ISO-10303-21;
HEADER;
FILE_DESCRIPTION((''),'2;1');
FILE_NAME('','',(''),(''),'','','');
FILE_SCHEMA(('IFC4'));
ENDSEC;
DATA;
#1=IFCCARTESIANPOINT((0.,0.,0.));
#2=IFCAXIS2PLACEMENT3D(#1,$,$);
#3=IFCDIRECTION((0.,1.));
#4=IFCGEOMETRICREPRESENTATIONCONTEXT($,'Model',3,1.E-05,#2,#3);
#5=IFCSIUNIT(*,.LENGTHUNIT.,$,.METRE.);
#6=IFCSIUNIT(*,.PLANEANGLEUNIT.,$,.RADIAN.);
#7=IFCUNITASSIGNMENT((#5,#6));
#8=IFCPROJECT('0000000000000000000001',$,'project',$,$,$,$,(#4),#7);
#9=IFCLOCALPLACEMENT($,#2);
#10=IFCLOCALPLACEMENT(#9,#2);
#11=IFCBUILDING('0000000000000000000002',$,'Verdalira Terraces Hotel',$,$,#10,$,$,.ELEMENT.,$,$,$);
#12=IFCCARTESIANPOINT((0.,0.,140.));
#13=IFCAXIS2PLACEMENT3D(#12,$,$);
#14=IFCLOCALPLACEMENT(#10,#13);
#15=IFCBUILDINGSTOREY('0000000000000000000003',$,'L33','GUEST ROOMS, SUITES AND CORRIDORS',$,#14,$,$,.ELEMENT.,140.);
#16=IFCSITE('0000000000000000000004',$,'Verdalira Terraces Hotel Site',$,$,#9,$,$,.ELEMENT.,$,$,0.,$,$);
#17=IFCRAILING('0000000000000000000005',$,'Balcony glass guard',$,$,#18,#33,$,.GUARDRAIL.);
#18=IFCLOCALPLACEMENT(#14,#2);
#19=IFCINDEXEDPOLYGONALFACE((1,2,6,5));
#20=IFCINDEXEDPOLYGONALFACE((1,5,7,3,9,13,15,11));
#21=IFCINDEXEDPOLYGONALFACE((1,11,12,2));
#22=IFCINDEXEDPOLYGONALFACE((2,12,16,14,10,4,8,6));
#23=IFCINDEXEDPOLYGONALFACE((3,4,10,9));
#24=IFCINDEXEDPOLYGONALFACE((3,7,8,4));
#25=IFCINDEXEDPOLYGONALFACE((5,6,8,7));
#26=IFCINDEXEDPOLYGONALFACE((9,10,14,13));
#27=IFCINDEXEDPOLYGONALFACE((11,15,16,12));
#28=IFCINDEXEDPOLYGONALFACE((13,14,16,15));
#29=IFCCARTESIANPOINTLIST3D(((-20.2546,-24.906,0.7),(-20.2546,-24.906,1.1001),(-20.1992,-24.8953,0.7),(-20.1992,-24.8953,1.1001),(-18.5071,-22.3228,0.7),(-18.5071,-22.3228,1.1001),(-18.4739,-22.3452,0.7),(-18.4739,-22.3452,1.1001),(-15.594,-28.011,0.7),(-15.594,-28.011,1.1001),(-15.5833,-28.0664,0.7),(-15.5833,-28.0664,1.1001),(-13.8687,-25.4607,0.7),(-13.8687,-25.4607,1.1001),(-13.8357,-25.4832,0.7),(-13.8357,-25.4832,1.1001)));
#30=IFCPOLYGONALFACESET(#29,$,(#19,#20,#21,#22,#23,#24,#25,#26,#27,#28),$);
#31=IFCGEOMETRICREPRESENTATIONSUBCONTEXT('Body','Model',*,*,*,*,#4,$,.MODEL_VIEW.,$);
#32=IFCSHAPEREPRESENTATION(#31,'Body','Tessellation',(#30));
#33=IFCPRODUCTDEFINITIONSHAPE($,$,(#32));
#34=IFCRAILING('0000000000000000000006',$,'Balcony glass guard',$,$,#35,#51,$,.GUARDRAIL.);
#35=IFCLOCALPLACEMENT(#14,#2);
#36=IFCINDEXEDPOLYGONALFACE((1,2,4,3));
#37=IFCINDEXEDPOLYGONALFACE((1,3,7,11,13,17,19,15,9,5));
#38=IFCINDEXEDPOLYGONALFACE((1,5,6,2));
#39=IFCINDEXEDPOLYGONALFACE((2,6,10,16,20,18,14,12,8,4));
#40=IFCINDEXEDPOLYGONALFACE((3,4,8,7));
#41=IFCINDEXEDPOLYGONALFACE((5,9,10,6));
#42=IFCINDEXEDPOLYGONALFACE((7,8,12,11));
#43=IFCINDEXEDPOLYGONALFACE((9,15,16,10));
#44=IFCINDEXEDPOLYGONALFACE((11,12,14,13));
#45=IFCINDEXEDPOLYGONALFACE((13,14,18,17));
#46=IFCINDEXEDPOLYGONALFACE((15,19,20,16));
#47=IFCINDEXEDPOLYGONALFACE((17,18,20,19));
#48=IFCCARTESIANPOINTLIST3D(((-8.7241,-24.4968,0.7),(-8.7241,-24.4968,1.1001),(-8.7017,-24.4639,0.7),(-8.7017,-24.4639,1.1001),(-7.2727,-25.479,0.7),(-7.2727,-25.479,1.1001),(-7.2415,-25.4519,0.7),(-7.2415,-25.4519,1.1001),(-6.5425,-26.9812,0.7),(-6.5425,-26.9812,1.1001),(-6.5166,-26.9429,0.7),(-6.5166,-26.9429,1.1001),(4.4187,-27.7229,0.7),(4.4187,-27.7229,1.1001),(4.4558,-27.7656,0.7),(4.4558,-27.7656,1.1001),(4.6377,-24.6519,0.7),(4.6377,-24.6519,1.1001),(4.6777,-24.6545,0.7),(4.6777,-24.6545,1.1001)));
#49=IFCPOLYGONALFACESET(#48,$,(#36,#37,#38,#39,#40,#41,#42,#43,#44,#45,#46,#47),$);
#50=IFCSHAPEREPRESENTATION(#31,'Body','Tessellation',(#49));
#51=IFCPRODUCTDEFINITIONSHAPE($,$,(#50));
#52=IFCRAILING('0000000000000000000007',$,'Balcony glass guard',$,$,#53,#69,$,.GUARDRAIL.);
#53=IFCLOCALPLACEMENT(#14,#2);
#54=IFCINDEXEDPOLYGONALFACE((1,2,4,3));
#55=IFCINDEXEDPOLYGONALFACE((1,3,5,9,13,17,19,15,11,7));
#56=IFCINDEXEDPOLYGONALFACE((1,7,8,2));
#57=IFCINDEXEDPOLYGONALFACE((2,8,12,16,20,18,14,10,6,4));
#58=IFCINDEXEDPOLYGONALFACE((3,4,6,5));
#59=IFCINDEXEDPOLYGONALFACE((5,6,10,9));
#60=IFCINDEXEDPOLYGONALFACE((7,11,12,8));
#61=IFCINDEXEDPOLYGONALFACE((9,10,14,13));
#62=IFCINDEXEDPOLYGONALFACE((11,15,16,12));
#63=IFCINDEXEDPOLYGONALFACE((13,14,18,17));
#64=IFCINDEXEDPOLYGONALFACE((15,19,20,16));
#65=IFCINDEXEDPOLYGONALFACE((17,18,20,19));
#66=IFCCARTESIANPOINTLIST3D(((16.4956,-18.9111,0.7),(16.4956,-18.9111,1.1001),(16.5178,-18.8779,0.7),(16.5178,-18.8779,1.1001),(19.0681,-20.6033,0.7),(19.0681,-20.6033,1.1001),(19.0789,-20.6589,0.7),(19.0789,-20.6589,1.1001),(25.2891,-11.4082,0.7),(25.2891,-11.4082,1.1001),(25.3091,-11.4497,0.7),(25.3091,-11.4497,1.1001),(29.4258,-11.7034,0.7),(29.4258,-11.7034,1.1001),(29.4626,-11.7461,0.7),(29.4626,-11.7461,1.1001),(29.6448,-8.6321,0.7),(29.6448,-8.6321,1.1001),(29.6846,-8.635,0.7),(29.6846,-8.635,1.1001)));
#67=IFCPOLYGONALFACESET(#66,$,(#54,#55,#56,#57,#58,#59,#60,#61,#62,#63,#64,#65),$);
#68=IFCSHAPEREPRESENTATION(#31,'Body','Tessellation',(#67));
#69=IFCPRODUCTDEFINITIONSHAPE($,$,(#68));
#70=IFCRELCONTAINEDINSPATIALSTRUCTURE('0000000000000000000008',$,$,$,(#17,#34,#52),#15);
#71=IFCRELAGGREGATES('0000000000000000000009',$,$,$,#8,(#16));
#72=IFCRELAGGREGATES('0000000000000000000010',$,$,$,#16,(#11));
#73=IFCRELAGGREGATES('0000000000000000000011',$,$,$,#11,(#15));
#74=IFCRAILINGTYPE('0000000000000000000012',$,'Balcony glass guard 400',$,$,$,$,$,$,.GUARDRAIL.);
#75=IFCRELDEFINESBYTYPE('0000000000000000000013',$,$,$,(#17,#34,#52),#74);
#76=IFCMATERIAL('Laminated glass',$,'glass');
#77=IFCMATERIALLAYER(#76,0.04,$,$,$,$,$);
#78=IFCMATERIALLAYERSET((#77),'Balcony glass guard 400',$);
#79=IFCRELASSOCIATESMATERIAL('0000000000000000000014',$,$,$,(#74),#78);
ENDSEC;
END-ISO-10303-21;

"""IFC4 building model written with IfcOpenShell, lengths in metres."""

from ifc_helpers import new_model, si_unit, direction, frame, origin, place, context, subcontext, project, spatial, polyline, outline, extrude, material, layer, layer_set, type_object, element, save


model = new_model("IFC4")

# Units and contexts
model_context = context("Model", 3, precision=1e-05, world=origin(), true_north=direction((0.0, 1.0)))
body_context = subcontext(model_context, "Body", "Model", "MODEL_VIEW")
ifc_project = project(units=[si_unit("LENGTHUNIT", "METRE"), si_unit("PLANEANGLEUNIT", "RADIAN")], contexts=[model_context])

# Site, building, storey
site_placement = place(None, origin())
site = spatial("IfcSite", under=ifc_project, at=site_placement, Name="Verdalira Terraces Hotel Site", CompositionType="ELEMENT", RefElevation=0.0)
building_placement = place(site_placement, origin())
building = spatial("IfcBuilding", under=site, at=building_placement, Name="Verdalira Terraces Hotel", CompositionType="ELEMENT")
storey_placement = place(building_placement, frame((0.0, 0.0, 140.0)))
storey = spatial("IfcBuildingStorey", under=building, at=storey_placement, Name="L33", Description="GUEST ROOMS, SUITES AND CORRIDORS", CompositionType="ELEMENT", Elevation=140.0)

# Railings
ifc_material_1 = material(Name="Laminated glass", Category="glass")
ifc_layer_1 = layer(ifc_material_1, 0.04)
ifc_layer_set_1 = layer_set([ifc_layer_1], Name="Balcony glass guard 400")
railing_type = type_object("IfcRailingType", Name="Balcony glass guard 400", PredefinedType="GUARDRAIL", material=ifc_layer_set_1)
railing_1_placement = place(storey_placement, frame((0.0, 0.0, 0.7)))
element("IfcRailing", 1, at=railing_1_placement, inside=storey, type_object=railing_type, Name="Balcony glass guard", PredefinedType="GUARDRAIL", context=body_context, shape_type="SweptSolid", body=[
    extrude(outline(polyline([(-20.1992, -24.8953), (-15.594, -28.011), (-13.8687, -25.4607), (-13.8357, -25.4832), (-15.5833, -28.0664), (-20.2546, -24.906), (-18.5071, -22.3228), (-18.4739, -22.3452), (-20.1992, -24.8953)])), origin(), (0.0, 0.0, 1.0), 0.4001),
])
railing_2_placement = place(storey_placement, frame((0.0, 0.0, 0.7)))
element("IfcRailing", 2, at=railing_2_placement, inside=storey, type_object=railing_type, Name="Balcony glass guard", PredefinedType="GUARDRAIL", context=body_context, shape_type="SweptSolid", body=[
    extrude(outline(polyline([(-7.2415, -25.4519), (-6.5166, -26.9429), (4.4187, -27.7229), (4.6377, -24.6519), (4.6777, -24.6545), (4.4558, -27.7656), (-6.5425, -26.9812), (-7.2727, -25.479), (-8.7241, -24.4968), (-8.7017, -24.4639), (-7.2415, -25.4519)])), origin(), (0.0, 0.0, 1.0), 0.4001),
])
railing_3_placement = place(storey_placement, frame((0.0, 0.0, 0.7)))
element("IfcRailing", 3, at=railing_3_placement, inside=storey, type_object=railing_type, Name="Balcony glass guard", PredefinedType="GUARDRAIL", context=body_context, shape_type="SweptSolid", body=[
    extrude(outline(polyline([(19.0681, -20.6033), (25.2891, -11.4082), (29.4258, -11.7034), (29.6448, -8.6321), (29.6846, -8.635), (29.4626, -11.7461), (25.3091, -11.4497), (19.0789, -20.6589), (16.4956, -18.9111), (16.5178, -18.8779), (19.0681, -20.6033)])), origin(), (0.0, 0.0, 1.0), 0.4001),
])

save(model, "model.ifc")
